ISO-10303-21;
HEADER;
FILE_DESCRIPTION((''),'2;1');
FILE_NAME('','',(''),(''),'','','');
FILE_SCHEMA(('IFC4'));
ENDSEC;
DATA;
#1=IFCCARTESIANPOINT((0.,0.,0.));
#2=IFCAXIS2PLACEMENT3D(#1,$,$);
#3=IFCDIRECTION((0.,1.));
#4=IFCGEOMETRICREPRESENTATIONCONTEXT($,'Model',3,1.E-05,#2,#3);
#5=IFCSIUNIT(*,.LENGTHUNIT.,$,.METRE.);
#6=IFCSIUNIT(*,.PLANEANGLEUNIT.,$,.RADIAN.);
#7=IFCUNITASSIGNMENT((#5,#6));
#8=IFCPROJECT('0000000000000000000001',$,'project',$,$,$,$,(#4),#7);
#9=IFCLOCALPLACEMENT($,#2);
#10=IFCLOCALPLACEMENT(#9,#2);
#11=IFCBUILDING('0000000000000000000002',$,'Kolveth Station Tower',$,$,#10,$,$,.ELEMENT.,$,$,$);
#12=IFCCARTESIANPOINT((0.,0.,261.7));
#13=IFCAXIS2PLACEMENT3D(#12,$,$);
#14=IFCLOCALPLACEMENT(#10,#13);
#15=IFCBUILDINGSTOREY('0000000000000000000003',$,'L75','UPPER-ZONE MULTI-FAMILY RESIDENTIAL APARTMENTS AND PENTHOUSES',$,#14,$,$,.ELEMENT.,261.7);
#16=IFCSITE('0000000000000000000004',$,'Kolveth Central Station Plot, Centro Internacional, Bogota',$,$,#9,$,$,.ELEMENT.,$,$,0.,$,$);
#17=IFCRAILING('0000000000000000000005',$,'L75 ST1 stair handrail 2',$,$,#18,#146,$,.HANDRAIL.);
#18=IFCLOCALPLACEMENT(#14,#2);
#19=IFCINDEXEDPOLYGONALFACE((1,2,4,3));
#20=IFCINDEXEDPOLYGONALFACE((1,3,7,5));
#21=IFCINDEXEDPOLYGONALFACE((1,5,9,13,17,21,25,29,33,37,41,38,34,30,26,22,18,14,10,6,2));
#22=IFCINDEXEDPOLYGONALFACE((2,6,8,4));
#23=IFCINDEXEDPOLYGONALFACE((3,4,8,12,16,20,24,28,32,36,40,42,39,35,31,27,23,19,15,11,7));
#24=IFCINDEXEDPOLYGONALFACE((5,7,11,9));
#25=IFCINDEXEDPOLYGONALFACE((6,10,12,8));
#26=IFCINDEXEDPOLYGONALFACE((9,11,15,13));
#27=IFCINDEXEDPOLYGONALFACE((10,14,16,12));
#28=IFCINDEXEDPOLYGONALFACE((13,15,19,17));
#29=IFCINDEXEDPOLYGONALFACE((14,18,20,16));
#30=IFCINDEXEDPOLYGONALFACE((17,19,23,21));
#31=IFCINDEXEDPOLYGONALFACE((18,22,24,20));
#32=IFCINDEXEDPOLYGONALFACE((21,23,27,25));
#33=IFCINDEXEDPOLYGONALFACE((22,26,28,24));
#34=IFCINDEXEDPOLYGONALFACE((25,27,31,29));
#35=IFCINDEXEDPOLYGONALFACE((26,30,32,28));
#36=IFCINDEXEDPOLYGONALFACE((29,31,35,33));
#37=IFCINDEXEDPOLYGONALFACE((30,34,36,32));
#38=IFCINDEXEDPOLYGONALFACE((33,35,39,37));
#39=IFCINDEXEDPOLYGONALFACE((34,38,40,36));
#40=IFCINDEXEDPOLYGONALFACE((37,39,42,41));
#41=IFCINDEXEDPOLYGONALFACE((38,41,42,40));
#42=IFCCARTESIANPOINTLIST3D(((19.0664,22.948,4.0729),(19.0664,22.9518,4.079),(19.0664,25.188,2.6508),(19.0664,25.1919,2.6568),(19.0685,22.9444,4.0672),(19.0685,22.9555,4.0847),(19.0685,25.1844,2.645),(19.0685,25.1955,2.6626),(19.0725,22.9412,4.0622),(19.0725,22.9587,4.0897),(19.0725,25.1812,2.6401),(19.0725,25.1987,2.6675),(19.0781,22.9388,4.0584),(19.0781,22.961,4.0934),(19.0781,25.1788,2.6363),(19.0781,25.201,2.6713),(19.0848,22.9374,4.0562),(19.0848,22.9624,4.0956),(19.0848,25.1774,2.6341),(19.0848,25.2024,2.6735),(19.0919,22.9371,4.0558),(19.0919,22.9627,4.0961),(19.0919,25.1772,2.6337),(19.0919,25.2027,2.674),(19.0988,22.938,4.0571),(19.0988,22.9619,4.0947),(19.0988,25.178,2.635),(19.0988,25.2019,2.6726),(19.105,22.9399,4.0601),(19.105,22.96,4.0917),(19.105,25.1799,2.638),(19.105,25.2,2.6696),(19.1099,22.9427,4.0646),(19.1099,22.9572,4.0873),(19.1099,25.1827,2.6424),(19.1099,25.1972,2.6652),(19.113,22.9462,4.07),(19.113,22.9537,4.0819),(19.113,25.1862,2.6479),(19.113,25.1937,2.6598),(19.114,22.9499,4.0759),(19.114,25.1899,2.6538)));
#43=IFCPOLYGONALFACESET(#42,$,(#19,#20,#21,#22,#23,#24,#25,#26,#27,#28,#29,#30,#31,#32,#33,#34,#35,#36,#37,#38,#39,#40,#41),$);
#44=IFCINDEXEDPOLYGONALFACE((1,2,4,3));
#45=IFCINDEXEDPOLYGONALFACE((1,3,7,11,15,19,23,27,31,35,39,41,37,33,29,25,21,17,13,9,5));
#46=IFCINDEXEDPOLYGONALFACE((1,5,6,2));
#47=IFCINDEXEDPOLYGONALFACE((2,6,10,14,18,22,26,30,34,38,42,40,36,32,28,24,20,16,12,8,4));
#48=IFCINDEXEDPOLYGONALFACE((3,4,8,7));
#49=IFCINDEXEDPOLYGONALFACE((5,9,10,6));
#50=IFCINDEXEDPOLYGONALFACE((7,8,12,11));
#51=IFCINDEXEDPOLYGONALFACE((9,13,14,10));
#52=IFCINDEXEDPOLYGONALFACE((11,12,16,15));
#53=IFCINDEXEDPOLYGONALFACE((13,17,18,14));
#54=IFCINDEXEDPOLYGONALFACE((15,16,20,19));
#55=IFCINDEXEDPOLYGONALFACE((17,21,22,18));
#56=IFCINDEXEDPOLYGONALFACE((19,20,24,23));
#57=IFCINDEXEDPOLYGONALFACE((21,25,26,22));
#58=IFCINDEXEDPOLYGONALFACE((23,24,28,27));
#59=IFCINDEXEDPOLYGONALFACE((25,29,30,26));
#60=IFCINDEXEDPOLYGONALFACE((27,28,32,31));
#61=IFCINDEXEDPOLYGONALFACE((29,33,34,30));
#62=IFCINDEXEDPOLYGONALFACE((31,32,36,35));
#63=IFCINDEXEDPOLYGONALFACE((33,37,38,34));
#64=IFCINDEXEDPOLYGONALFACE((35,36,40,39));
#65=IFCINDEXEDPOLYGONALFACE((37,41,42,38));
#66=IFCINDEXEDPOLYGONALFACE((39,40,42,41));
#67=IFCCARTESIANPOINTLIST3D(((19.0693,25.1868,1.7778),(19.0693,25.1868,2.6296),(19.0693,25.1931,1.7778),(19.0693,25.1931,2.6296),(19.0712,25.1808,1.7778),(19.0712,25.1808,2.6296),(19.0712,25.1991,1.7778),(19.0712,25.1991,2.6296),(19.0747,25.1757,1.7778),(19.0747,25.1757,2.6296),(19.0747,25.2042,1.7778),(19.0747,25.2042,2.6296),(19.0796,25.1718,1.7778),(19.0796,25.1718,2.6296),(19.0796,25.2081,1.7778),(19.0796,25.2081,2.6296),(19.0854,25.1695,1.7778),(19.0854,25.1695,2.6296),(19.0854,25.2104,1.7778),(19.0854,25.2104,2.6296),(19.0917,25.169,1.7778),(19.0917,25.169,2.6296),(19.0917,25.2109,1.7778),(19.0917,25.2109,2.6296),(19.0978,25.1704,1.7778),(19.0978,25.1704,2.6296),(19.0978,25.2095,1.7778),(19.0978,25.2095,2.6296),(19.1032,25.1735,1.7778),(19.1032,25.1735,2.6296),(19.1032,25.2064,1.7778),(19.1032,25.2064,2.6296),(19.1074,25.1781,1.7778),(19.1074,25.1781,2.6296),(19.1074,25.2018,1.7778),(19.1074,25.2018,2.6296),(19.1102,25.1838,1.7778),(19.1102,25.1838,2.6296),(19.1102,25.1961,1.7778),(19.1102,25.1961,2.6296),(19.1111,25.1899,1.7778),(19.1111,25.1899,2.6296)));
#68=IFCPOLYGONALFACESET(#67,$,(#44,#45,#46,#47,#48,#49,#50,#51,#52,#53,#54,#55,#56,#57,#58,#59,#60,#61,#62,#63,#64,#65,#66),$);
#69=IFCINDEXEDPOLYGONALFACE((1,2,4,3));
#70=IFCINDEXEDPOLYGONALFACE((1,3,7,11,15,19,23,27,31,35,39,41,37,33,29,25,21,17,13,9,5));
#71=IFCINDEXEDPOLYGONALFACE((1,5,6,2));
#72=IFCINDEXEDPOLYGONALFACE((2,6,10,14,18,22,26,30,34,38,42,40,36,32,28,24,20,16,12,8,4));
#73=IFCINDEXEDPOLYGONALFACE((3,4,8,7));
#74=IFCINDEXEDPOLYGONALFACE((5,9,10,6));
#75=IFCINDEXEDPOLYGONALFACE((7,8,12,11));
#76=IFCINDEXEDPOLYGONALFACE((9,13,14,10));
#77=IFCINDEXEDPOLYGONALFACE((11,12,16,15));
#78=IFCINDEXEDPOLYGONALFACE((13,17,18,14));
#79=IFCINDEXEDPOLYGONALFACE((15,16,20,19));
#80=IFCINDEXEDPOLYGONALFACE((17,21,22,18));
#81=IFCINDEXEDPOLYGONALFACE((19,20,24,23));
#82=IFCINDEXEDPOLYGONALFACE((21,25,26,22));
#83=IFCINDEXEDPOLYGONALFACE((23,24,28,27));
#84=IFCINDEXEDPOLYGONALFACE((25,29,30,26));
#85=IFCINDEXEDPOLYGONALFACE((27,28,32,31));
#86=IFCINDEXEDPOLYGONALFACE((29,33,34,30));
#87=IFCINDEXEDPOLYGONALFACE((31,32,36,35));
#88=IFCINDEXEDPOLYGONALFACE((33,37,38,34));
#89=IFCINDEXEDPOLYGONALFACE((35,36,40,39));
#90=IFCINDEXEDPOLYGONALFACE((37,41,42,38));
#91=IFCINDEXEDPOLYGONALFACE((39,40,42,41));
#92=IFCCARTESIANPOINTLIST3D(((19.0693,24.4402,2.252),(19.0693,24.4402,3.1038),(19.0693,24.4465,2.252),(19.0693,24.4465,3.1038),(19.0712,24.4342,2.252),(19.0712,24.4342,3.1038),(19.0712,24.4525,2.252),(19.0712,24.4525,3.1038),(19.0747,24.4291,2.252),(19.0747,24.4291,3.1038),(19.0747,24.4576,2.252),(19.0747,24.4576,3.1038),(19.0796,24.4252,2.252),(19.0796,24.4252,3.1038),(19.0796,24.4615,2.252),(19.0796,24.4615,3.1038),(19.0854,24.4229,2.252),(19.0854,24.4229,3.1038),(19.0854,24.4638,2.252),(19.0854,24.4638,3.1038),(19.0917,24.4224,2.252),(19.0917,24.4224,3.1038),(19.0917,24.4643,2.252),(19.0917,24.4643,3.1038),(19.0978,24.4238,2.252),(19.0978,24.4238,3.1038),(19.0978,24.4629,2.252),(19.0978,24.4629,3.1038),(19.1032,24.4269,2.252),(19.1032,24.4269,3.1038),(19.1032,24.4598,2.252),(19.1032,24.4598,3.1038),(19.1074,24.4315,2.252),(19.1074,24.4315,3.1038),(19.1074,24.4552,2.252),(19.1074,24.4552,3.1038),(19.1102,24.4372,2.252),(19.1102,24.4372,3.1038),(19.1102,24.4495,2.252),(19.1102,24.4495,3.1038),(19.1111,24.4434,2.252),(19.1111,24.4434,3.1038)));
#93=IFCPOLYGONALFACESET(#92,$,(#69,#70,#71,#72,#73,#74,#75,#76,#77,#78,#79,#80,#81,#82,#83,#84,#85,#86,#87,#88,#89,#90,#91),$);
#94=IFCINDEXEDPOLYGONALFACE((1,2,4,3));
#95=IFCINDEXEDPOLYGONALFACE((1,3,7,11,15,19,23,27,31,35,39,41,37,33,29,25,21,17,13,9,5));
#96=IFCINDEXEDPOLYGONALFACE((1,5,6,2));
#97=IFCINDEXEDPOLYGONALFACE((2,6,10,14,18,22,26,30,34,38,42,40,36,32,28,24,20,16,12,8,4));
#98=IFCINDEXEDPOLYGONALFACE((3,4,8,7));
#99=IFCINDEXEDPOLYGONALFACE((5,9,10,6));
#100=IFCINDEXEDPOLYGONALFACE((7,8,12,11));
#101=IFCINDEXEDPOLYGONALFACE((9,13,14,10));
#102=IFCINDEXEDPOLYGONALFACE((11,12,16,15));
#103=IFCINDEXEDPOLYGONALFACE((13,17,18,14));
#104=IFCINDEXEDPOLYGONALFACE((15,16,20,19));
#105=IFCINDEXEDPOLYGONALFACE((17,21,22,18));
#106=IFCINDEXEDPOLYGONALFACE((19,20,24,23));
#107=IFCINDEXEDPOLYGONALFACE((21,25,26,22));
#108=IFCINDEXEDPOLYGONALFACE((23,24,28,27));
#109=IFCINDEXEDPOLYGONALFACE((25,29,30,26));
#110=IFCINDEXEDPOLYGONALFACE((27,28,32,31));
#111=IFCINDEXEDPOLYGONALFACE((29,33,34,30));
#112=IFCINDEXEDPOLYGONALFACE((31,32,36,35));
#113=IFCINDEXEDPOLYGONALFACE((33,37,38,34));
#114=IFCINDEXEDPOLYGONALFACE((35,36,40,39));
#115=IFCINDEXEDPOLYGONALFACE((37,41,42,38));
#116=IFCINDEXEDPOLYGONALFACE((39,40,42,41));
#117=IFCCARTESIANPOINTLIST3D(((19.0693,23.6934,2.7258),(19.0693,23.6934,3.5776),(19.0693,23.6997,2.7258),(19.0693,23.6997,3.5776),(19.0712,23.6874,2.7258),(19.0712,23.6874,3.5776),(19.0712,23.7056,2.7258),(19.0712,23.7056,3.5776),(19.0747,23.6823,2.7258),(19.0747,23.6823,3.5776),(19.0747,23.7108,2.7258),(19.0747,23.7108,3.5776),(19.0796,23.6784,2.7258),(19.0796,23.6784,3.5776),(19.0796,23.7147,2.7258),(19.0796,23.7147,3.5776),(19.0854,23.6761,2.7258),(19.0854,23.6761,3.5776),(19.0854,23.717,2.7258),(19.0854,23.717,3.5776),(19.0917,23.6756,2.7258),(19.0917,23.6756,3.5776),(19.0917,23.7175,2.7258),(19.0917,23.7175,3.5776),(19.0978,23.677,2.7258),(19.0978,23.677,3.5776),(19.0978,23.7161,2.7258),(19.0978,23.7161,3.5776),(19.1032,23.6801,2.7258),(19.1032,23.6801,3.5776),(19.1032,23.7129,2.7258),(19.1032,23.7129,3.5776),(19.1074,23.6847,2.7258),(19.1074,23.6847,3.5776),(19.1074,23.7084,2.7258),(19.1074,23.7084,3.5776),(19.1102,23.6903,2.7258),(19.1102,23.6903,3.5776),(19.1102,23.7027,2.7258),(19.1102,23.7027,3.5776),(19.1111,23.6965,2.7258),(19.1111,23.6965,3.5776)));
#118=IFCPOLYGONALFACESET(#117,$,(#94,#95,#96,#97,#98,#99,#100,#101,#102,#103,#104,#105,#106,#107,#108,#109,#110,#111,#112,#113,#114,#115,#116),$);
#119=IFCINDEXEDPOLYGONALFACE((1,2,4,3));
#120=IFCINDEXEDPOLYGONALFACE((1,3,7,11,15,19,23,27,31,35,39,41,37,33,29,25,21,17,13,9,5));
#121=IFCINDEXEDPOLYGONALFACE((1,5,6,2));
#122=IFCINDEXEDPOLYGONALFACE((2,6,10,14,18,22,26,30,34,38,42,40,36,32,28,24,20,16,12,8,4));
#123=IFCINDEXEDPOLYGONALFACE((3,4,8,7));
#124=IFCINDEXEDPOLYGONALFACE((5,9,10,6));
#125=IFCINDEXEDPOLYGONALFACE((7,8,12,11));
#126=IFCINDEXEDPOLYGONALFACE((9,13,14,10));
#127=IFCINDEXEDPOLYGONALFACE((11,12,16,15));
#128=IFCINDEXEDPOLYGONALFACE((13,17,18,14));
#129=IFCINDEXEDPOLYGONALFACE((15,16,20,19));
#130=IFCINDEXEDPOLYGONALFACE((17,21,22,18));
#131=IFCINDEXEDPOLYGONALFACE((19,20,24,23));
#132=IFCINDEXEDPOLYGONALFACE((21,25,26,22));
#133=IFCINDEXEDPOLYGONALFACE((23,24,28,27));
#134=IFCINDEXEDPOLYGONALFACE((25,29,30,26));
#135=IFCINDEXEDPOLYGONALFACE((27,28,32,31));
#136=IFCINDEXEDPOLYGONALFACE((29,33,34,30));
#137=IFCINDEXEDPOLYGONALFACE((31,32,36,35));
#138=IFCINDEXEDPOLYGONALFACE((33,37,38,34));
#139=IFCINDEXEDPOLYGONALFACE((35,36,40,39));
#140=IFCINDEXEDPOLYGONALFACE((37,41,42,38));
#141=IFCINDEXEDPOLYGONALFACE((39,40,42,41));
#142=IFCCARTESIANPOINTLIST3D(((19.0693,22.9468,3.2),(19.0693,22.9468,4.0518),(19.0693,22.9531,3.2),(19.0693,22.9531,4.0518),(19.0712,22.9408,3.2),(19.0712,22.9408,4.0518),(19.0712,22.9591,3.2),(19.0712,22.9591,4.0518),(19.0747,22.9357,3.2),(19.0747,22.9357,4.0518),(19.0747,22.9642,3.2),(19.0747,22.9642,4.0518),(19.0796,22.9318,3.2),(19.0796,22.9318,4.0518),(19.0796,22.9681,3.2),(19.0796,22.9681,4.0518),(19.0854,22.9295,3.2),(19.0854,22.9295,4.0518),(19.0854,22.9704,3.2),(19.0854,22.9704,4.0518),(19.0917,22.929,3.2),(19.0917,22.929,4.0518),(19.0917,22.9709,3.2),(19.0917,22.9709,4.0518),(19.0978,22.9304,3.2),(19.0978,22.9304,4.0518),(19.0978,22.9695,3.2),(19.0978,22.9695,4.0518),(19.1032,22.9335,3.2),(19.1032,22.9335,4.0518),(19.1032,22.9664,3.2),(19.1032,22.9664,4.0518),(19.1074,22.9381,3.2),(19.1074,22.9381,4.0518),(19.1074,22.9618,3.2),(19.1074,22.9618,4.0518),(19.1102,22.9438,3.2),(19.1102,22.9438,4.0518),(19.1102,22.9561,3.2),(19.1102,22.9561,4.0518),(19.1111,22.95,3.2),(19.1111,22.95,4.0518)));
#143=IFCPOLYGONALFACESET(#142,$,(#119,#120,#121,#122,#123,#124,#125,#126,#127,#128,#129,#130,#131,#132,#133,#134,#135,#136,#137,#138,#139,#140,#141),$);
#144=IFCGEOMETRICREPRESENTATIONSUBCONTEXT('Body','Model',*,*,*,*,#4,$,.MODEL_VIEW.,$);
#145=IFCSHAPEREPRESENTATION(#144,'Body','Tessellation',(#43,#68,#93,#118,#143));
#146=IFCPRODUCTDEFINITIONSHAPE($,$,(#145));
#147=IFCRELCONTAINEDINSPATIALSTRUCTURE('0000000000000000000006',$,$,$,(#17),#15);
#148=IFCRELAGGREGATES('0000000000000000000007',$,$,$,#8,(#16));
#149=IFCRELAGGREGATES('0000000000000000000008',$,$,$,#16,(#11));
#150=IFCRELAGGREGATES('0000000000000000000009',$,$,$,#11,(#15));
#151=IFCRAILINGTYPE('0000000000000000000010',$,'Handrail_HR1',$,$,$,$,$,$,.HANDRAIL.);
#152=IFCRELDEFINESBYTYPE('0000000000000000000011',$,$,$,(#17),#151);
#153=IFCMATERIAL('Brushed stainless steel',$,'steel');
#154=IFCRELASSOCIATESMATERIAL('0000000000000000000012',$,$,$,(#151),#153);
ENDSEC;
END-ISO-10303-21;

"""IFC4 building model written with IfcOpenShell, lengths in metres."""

from ifc_helpers import new_model, si_unit, direction, frame, origin, origin_2d, place, context, subcontext, project, spatial, circle, extrude, material, type_object, element, save


model = new_model("IFC4")

# Units and contexts
model_context = context("Model", 3, precision=1e-05, world=origin(), true_north=direction((0.0, 1.0)))
body_context = subcontext(model_context, "Body", "Model", "MODEL_VIEW")
ifc_project = project(units=[si_unit("LENGTHUNIT", "METRE"), si_unit("PLANEANGLEUNIT", "RADIAN")], contexts=[model_context])

# Site, building, storey
site_placement = place(None, origin())
site = spatial("IfcSite", under=ifc_project, at=site_placement, Name="Kolveth Central Station Plot, Centro Internacional, Bogota", CompositionType="ELEMENT", RefElevation=0.0)
building_placement = place(site_placement, origin())
building = spatial("IfcBuilding", under=site, at=building_placement, Name="Kolveth Station Tower", CompositionType="ELEMENT")
storey_placement = place(building_placement, frame((0.0, 0.0, 261.7)))
storey = spatial("IfcBuildingStorey", under=building, at=storey_placement, Name="L75", Description="UPPER-ZONE MULTI-FAMILY RESIDENTIAL APARTMENTS AND PENTHOUSES", CompositionType="ELEMENT", Elevation=261.7)

# Railing
ifc_material_1 = material(Name="Brushed stainless steel", Category="steel")
railing_type_1 = type_object("IfcRailingType", Name="Handrail_HR1", PredefinedType="HANDRAIL", material=ifc_material_1)
railing_1_placement = place(storey_placement, frame((19.0901, 25.1899, 1.7778)))
element("IfcRailing", 1, at=railing_1_placement, inside=storey, type_object=railing_type_1, Name="L75 ST1 stair handrail 2", PredefinedType="HANDRAIL", context=body_context, shape_type="SweptSolid", body=[
    extrude(circle(Radius=0.0239, at=origin_2d()), frame((0.0, 0.0, 0.876), z_axis=(0.0, -0.844229, 0.535982), x_axis=(1.0, 0.0, 0.0)), (0.0, 0.0, 1.0), 2.6533),
    extrude(circle(Radius=0.021, at=origin_2d()), origin(), (0.0, 0.0, 1.0), 0.8518),
    extrude(circle(Radius=0.021, at=origin_2d()), frame((0.0, -0.7466, 0.4741)), (0.0, 0.0, 1.0), 0.8518),
    extrude(circle(Radius=0.021, at=origin_2d()), frame((0.0, -1.4934, 0.948)), (0.0, 0.0, 1.0), 0.8518),
    extrude(circle(Radius=0.021, at=origin_2d()), frame((0.0, -2.24, 1.4221)), (0.0, 0.0, 1.0), 0.8518),
])

save(model, "model.ifc")
